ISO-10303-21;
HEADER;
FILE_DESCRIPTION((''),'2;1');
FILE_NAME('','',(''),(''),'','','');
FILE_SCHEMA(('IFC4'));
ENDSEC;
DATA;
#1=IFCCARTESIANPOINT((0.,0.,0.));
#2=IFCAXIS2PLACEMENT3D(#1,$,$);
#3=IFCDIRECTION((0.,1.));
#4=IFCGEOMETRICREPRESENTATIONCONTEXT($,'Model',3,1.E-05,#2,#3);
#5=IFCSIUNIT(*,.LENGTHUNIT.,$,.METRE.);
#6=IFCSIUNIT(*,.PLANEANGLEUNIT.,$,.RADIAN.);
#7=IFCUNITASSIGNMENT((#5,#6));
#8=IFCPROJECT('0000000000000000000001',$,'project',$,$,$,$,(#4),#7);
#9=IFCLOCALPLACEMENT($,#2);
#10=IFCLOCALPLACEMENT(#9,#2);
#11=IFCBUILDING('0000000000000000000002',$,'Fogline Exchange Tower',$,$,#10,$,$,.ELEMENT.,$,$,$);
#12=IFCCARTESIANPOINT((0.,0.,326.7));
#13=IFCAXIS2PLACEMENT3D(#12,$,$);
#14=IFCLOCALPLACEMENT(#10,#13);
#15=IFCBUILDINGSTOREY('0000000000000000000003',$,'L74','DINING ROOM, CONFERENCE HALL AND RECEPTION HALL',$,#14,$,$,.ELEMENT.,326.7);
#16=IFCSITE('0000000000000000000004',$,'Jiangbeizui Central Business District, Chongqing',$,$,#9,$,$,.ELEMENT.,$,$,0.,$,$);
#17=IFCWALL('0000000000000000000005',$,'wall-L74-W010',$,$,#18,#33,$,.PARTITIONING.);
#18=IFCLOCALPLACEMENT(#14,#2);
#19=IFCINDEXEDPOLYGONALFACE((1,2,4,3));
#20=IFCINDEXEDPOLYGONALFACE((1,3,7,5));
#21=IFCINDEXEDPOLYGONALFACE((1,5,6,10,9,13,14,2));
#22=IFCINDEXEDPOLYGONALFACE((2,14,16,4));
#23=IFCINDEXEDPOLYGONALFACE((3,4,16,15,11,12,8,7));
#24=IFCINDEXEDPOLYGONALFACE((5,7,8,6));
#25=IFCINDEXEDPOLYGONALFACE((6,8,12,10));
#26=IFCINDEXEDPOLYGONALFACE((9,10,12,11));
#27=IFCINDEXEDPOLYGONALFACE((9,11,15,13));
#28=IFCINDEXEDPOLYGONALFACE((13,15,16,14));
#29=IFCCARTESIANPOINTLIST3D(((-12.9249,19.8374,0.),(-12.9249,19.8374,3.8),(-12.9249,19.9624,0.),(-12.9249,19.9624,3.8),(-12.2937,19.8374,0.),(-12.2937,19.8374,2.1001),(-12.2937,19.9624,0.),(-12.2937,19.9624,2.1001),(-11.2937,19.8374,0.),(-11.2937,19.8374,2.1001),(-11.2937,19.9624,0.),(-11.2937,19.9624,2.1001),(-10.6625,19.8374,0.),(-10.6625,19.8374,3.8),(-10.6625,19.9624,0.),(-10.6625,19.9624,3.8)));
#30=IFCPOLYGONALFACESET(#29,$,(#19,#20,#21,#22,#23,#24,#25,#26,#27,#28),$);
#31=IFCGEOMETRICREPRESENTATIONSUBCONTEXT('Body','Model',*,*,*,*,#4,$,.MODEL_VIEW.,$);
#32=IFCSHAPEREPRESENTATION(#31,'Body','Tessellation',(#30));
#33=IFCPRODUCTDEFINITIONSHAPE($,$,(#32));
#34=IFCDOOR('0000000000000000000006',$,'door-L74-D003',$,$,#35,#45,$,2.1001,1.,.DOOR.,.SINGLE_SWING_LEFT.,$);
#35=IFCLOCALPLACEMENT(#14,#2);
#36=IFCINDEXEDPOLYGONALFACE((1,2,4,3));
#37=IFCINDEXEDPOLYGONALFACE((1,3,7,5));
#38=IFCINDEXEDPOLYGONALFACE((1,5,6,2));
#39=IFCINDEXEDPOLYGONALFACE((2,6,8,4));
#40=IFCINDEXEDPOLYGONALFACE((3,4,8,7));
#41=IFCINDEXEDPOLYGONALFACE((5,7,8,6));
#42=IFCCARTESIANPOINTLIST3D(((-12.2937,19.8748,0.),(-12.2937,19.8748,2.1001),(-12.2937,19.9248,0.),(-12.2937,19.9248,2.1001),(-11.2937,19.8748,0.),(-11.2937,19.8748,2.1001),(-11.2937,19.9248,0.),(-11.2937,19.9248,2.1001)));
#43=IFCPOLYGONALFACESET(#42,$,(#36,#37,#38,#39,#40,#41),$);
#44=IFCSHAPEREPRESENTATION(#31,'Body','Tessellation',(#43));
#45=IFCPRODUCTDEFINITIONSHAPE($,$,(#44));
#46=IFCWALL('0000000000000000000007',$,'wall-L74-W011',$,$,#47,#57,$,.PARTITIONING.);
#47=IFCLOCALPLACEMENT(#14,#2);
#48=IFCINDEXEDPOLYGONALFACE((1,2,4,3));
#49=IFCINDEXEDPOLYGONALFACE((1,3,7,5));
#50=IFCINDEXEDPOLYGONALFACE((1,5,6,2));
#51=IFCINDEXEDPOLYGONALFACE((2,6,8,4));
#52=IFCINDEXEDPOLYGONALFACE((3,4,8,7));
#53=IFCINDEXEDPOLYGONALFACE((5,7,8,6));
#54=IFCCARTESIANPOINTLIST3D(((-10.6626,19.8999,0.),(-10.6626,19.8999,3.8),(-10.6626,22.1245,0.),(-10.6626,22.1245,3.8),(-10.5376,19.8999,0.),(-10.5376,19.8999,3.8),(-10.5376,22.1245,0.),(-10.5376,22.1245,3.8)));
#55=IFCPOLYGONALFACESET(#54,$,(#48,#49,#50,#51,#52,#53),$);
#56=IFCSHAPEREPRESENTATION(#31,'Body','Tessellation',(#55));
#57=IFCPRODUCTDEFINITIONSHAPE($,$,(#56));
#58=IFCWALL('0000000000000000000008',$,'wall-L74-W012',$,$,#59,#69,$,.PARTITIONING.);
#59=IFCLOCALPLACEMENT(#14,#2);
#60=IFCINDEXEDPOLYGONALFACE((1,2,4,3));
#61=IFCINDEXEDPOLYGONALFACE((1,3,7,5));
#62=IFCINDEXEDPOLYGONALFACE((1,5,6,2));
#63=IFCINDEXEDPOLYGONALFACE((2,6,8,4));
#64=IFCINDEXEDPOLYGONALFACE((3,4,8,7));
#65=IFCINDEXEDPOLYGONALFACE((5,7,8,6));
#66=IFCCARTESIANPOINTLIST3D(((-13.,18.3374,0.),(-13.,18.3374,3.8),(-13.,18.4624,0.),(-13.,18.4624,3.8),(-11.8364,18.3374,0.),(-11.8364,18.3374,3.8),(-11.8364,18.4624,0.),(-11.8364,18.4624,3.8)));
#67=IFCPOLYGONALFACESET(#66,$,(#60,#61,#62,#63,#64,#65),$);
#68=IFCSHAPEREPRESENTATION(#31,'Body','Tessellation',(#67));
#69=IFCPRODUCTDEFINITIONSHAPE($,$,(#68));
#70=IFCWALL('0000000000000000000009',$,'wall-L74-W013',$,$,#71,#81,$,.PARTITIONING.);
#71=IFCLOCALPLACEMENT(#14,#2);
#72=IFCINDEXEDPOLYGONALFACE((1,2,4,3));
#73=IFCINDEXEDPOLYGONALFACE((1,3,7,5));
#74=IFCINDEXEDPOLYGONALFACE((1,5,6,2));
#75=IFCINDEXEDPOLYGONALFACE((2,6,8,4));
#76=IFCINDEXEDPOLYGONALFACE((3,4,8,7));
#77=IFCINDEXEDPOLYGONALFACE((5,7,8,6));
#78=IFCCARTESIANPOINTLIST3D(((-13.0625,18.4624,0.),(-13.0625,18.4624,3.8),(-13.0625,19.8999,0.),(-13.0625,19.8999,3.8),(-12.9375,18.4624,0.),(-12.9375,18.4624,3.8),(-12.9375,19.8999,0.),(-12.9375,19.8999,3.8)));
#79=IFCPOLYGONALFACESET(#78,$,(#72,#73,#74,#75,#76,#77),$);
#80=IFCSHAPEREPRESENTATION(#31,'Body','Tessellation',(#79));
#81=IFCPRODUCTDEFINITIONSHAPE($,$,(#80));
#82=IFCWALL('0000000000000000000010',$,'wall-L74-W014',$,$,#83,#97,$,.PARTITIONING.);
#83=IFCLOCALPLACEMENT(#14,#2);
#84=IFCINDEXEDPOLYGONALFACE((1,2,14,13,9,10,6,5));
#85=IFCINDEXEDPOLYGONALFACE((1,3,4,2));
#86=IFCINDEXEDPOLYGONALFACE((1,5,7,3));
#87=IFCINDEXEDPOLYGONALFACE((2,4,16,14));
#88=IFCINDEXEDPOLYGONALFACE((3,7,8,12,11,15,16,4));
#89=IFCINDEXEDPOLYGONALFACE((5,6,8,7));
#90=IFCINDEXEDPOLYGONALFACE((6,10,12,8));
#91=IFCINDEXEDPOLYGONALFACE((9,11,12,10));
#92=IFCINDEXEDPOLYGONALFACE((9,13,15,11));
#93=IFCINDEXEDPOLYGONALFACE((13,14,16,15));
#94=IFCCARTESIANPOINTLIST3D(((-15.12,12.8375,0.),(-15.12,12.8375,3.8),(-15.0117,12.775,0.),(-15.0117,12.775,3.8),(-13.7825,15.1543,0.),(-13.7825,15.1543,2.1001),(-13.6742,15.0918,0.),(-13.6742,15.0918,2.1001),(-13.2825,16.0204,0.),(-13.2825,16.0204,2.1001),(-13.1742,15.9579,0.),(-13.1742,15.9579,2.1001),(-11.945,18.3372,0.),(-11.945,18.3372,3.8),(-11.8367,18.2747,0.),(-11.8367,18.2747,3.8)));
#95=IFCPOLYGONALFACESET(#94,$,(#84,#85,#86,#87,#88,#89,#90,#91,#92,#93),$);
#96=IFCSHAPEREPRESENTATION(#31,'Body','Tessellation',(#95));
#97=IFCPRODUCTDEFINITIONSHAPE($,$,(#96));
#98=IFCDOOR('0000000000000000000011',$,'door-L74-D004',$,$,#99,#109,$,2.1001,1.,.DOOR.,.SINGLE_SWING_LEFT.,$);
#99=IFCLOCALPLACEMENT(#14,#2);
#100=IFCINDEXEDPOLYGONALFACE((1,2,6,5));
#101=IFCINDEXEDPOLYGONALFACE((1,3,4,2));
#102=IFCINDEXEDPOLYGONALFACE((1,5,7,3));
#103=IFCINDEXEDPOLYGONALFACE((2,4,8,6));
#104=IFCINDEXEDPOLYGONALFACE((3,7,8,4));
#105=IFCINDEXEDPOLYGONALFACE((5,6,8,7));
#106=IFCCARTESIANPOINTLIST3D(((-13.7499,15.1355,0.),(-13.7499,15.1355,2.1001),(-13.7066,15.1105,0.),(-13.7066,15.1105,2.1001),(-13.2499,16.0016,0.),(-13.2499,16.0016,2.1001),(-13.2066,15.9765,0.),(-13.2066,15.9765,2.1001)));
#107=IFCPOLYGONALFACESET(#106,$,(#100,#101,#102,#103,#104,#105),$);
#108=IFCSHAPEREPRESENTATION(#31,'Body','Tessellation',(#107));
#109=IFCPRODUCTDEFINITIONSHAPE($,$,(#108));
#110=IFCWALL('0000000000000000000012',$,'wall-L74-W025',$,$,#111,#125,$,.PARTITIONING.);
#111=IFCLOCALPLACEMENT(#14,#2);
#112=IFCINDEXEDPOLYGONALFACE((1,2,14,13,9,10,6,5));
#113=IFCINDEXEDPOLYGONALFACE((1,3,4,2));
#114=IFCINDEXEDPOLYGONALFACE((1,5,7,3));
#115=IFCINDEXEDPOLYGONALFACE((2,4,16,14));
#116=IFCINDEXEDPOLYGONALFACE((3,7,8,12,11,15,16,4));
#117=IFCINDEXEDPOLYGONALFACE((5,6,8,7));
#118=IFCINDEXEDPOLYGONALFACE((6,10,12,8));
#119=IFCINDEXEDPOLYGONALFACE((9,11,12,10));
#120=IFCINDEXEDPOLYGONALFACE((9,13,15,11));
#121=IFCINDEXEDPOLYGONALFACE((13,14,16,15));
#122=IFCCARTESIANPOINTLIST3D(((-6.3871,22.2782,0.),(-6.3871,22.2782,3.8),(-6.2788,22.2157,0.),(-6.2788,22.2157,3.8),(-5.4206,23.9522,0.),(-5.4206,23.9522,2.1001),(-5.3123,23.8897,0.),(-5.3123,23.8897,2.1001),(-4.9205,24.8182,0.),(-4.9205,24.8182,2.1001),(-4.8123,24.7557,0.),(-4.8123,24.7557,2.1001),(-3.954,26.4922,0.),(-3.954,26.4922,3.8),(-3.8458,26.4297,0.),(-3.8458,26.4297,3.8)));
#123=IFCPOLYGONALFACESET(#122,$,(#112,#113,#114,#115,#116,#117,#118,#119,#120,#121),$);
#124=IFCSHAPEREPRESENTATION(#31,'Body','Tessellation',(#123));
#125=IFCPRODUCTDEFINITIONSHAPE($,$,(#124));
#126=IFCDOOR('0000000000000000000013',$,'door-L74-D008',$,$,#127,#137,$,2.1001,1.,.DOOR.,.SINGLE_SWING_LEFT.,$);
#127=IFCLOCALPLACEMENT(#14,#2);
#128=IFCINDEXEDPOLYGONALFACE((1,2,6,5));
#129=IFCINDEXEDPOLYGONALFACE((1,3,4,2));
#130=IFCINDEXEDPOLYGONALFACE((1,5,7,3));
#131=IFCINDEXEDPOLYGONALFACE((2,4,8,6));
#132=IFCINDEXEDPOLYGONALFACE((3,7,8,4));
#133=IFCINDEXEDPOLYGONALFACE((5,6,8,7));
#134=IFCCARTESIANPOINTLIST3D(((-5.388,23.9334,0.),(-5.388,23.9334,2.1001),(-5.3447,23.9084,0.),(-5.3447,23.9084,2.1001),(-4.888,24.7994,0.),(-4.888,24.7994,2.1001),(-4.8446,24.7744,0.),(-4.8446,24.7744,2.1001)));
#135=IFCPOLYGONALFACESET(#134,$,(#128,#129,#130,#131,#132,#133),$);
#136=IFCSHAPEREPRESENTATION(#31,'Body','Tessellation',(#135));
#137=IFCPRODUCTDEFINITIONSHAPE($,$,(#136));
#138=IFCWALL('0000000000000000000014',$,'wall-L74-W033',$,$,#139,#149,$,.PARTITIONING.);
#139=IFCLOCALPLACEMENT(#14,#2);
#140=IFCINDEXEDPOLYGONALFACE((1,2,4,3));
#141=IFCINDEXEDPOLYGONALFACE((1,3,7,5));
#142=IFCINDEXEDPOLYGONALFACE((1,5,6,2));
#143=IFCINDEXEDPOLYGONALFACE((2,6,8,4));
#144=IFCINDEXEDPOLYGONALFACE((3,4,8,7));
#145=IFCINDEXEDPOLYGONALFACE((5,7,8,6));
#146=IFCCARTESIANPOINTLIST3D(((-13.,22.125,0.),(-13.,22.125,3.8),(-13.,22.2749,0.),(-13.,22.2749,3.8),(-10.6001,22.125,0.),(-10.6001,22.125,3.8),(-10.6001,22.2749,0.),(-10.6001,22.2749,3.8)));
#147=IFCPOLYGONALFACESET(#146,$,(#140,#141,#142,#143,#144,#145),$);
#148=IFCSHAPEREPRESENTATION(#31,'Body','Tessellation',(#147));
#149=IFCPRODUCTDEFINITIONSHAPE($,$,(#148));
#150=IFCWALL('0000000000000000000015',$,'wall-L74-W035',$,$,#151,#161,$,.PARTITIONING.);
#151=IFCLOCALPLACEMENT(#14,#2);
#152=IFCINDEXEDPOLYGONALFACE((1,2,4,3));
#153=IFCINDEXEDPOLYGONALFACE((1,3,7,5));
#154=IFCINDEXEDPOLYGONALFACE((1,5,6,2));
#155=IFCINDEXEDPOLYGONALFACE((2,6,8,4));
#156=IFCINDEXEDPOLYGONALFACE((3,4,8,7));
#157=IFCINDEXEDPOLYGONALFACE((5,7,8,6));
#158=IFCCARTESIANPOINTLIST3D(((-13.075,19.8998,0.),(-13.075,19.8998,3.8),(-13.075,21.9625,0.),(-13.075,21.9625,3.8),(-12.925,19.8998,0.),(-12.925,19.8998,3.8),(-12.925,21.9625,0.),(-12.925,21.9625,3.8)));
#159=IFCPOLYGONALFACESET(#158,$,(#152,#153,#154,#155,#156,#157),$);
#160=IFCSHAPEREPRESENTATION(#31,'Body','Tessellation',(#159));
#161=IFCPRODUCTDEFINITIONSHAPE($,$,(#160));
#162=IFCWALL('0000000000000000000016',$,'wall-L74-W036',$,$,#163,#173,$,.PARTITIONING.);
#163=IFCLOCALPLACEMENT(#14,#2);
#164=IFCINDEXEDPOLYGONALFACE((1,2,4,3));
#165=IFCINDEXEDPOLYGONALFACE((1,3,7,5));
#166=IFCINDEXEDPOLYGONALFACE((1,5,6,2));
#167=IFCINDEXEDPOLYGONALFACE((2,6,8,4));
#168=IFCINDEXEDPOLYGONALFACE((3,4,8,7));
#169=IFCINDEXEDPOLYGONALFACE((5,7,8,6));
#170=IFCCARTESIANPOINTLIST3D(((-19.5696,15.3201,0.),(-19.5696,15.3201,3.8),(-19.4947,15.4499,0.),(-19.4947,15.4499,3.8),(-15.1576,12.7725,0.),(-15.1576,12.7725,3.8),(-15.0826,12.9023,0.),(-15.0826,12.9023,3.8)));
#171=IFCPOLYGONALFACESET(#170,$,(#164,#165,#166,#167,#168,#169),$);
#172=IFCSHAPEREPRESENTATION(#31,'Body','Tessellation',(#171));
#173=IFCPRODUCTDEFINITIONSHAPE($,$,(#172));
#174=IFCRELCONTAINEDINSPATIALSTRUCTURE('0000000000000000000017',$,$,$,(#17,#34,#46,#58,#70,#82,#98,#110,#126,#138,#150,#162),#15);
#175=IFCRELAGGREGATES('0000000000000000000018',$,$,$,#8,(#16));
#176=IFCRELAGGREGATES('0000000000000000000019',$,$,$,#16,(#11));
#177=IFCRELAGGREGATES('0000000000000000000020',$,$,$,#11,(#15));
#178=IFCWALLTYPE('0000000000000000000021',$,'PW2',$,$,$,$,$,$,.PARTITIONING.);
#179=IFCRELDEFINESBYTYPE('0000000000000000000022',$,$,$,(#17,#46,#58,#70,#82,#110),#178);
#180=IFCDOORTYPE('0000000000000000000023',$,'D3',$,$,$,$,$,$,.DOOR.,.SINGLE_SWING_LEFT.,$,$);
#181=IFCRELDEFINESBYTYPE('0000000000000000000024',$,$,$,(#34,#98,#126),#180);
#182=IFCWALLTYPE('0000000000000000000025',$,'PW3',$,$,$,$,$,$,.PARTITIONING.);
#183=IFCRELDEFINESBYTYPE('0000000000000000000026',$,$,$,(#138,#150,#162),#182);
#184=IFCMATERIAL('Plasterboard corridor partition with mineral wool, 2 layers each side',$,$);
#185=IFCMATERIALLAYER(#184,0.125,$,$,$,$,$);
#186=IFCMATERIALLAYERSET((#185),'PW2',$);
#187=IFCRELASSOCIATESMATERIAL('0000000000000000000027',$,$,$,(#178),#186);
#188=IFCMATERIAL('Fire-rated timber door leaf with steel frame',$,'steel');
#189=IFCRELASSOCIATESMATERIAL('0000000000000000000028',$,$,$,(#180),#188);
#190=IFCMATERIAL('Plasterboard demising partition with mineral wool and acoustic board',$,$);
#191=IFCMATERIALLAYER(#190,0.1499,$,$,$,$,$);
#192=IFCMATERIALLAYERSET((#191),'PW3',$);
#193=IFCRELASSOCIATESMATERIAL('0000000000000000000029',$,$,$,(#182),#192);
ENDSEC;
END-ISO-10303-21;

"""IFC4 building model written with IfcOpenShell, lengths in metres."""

from ifc_helpers import new_model, si_unit, direction, frame, frame_2d, origin, place, context, subcontext, project, spatial, rectangle, extrude, material, layer, layer_set, type_object, element, fill, save


model = new_model("IFC4")

# Units and contexts
model_context = context("Model", 3, precision=1e-05, world=origin(), true_north=direction((0.0, 1.0)))
body_context = subcontext(model_context, "Body", "Model", "MODEL_VIEW")
ifc_project = project(units=[si_unit("LENGTHUNIT", "METRE"), si_unit("PLANEANGLEUNIT", "RADIAN")], contexts=[model_context])

# Site, building, storey
site_placement = place(None, origin())
site = spatial("IfcSite", under=ifc_project, at=site_placement, Name="Jiangbeizui Central Business District, Chongqing", CompositionType="ELEMENT", RefElevation=0.0)
building_placement = place(site_placement, origin())
building = spatial("IfcBuilding", under=site, at=building_placement, Name="Fogline Exchange Tower", CompositionType="ELEMENT")
storey_placement = place(building_placement, frame((0.0, 0.0, 326.7)))
storey = spatial("IfcBuildingStorey", under=building, at=storey_placement, Name="L74", Description="DINING ROOM, CONFERENCE HALL AND RECEPTION HALL", CompositionType="ELEMENT", Elevation=326.7)

# Shared definitions
ifc_material_1 = material(Name="Plasterboard corridor partition with mineral wool, 2 layers each side")
ifc_layer_1 = layer(ifc_material_1, 0.125)
ifc_layer_set_1 = layer_set([ifc_layer_1], Name="PW2")
wall_type_1 = type_object("IfcWallType", Name="PW2", PredefinedType="PARTITIONING", material=ifc_layer_set_1)

# Wall, opening, door
wall_1_placement = place(storey_placement, frame((-12.925, 19.8999, 0.0), z_axis=(0.0, 0.0, 1.0), x_axis=(1.0, 0.0, 0.0)))
wall_1 = element("IfcWall", 1, at=wall_1_placement, inside=storey, type_object=wall_type_1, Name="wall-L74-W010", PredefinedType="PARTITIONING", context=body_context, shape_type="SweptSolid", body=[
    extrude(rectangle(XDim=2.2625, YDim=0.125, at=frame_2d((1.1313, 0.0))), origin(), (0.0, 0.0, 1.0), 3.8),
])
opening_1_placement = place(wall_1_placement, frame((0.6313, 0.0, 0.0)))
opening_1 = element("IfcOpeningElement", 2, at=opening_1_placement, cuts=wall_1, PredefinedType="OPENING", context=body_context, shape_type="SweptSolid", body=[
    extrude(rectangle(XDim=1.0, YDim=2.1001, at=frame_2d((0.5, 1.05))), frame((0.0, 0.0725, 0.0), z_axis=(0.0, -1.0, 0.0), x_axis=(1.0, 0.0, 0.0)), (0.0, 0.0, 1.0), 0.145),
])
ifc_material_2 = material(Name="Fire-rated timber door leaf with steel frame", Category="steel")
door_type = type_object("IfcDoorType", Name="D3", OperationType="SINGLE_SWING_LEFT", PredefinedType="DOOR", material=ifc_material_2)
door_1_placement = place(opening_1_placement, origin())
door_1 = element("IfcDoor", 3, at=door_1_placement, inside=storey, type_object=door_type, Name="door-L74-D003", OperationType="SINGLE_SWING_LEFT", OverallHeight=2.1001, OverallWidth=1.0, PredefinedType="DOOR", context=body_context, shape_type="SweptSolid", body=[
    extrude(rectangle(XDim=1.0, YDim=2.1001, at=frame_2d((0.5, 1.05))), frame((0.0, 0.0249, 0.0), z_axis=(0.0, -1.0, 0.0), x_axis=(1.0, 0.0, 0.0)), (0.0, 0.0, 1.0), 0.05),
])
fill(opening_1, door_1)

# Walls
wall_2_placement = place(storey_placement, frame((-10.6001, 19.8999, 0.0), z_axis=(0.0, 0.0, 1.0), x_axis=(0.0, 1.0, 0.0)))
element("IfcWall", 4, at=wall_2_placement, inside=storey, type_object=wall_type_1, Name="wall-L74-W011", PredefinedType="PARTITIONING", context=body_context, shape_type="SweptSolid", body=[
    extrude(rectangle(XDim=2.2246, YDim=0.125, at=frame_2d((1.1123, 0.0))), origin(), (0.0, 0.0, 1.0), 3.8),
])
wall_3_placement = place(storey_placement, frame((-11.8364, 18.3999, 0.0), z_axis=(0.0, 0.0, 1.0), x_axis=(-1.0, 0.0, 0.0)))
element("IfcWall", 5, at=wall_3_placement, inside=storey, type_object=wall_type_1, Name="wall-L74-W012", PredefinedType="PARTITIONING", context=body_context, shape_type="SweptSolid", body=[
    extrude(rectangle(XDim=1.1636, YDim=0.125, at=frame_2d((0.5818, 0.0))), origin(), (0.0, 0.0, 1.0), 3.8),
])
wall_4_placement = place(storey_placement, frame((-13.0, 18.4624, 0.0), z_axis=(0.0, 0.0, 1.0), x_axis=(0.0, 1.0, 0.0)))
element("IfcWall", 6, at=wall_4_placement, inside=storey, type_object=wall_type_1, Name="wall-L74-W013", PredefinedType="PARTITIONING", context=body_context, shape_type="SweptSolid", body=[
    extrude(rectangle(XDim=1.4375, YDim=0.125, at=frame_2d((0.7188, 0.0))), origin(), (0.0, 0.0, 1.0), 3.8),
])

# Walls, openings, doors
wall_5_placement = place(storey_placement, frame((-15.0659, 12.8062, 0.0), z_axis=(0.0, 0.0, 1.0), x_axis=(0.499972, 0.866042, 0.0)))
wall_5 = element("IfcWall", 7, at=wall_5_placement, inside=storey, type_object=wall_type_1, Name="wall-L74-W014", PredefinedType="PARTITIONING", context=body_context, shape_type="SweptSolid", body=[
    extrude(rectangle(XDim=6.3503, YDim=0.125, at=frame_2d((3.1753, 0.0))), origin(), (0.0, 0.0, 1.0), 3.8),
])
opening_2_placement = place(wall_5_placement, frame((2.6753, 0.0, 0.0)))
opening_2 = element("IfcOpeningElement", 8, at=opening_2_placement, cuts=wall_5, PredefinedType="OPENING", context=body_context, shape_type="SweptSolid", body=[
    extrude(rectangle(XDim=1.0, YDim=2.1001, at=frame_2d((0.5, 1.05))), frame((0.0, 0.0725, 0.0), z_axis=(0.0, -1.0, 0.0), x_axis=(1.0, 0.0, 0.0)), (0.0, 0.0, 1.0), 0.145),
])
door_2_placement = place(opening_2_placement, origin())
door_2 = element("IfcDoor", 9, at=door_2_placement, inside=storey, type_object=door_type, Name="door-L74-D004", OperationType="SINGLE_SWING_LEFT", OverallHeight=2.1001, OverallWidth=1.0, PredefinedType="DOOR", context=body_context, shape_type="SweptSolid", body=[
    extrude(rectangle(XDim=1.0, YDim=2.1001, at=frame_2d((0.5, 1.05))), frame((0.0, 0.0249, 0.0), z_axis=(0.0, -1.0, 0.0), x_axis=(1.0, 0.0, 0.0)), (0.0, 0.0, 1.0), 0.05),
])
fill(opening_2, door_2)
wall_6_placement = place(storey_placement, frame((-6.333, 22.2468, 0.0), z_axis=(0.0, 0.0, 1.0), x_axis=(0.500013, 0.866018, 0.0)))
wall_6 = element("IfcWall", 10, at=wall_6_placement, inside=storey, type_object=wall_type_1, Name="wall-L74-W025", PredefinedType="PARTITIONING", context=body_context, shape_type="SweptSolid", body=[
    extrude(rectangle(XDim=4.866, YDim=0.125, at=frame_2d((2.4331, 0.0))), origin(), (0.0, 0.0, 1.0), 3.8),
])
opening_3_placement = place(wall_6_placement, frame((1.9331, 0.0, 0.0)))
opening_3 = element("IfcOpeningElement", 11, at=opening_3_placement, cuts=wall_6, PredefinedType="OPENING", context=body_context, shape_type="SweptSolid", body=[
    extrude(rectangle(XDim=1.0, YDim=2.1001, at=frame_2d((0.5, 1.05))), frame((0.0, 0.0725, 0.0), z_axis=(0.0, -1.0, 0.0), x_axis=(1.0, 0.0, 0.0)), (0.0, 0.0, 1.0), 0.145),
])
door_3_placement = place(opening_3_placement, origin())
door_3 = element("IfcDoor", 12, at=door_3_placement, inside=storey, type_object=door_type, Name="door-L74-D008", OperationType="SINGLE_SWING_LEFT", OverallHeight=2.1001, OverallWidth=1.0, PredefinedType="DOOR", context=body_context, shape_type="SweptSolid", body=[
    extrude(rectangle(XDim=1.0, YDim=2.1001, at=frame_2d((0.5, 1.05))), frame((0.0, 0.0249, 0.0), z_axis=(0.0, -1.0, 0.0), x_axis=(1.0, 0.0, 0.0)), (0.0, 0.0, 1.0), 0.05),
])
fill(opening_3, door_3)

# Walls
ifc_material_3 = material(Name="Plasterboard demising partition with mineral wool and acoustic board")
ifc_layer_2 = layer(ifc_material_3, 0.1499)
ifc_layer_set_2 = layer_set([ifc_layer_2], Name="PW3")
wall_type_2 = type_object("IfcWallType", Name="PW3", PredefinedType="PARTITIONING", material=ifc_layer_set_2)
wall_7_placement = place(storey_placement, frame((-10.6001, 22.2, 0.0), z_axis=(0.0, 0.0, 1.0), x_axis=(-1.0, 0.0, 0.0)))
element("IfcWall", 13, at=wall_7_placement, inside=storey, type_object=wall_type_2, Name="wall-L74-W033", PredefinedType="PARTITIONING", context=body_context, shape_type="SweptSolid", body=[
    extrude(rectangle(XDim=2.3999, YDim=0.1499, at=frame_2d((1.2, 0.0))), origin(), (0.0, 0.0, 1.0), 3.8),
])
wall_8_placement = place(storey_placement, frame((-13.0, 19.8999, 0.0), z_axis=(0.0, 0.0, 1.0), x_axis=(0.0, 1.0, 0.0)))
element("IfcWall", 14, at=wall_8_placement, inside=storey, type_object=wall_type_2, Name="wall-L74-W035", PredefinedType="PARTITIONING", context=body_context, shape_type="SweptSolid", body=[
    extrude(rectangle(XDim=2.0627, YDim=0.1499, at=frame_2d((1.0312, 0.0))), origin(), (0.0, 0.0, 1.0), 3.8),
])
wall_9_placement = place(storey_placement, frame((-15.1201, 12.8374, 0.0), z_axis=(0.0, 0.0, 1.0), x_axis=(-0.866002, 0.50004, 0.0)))
element("IfcWall", 15, at=wall_9_placement, inside=storey, type_object=wall_type_2, Name="wall-L74-W036", PredefinedType="PARTITIONING", context=body_context, shape_type="SweptSolid", body=[
    extrude(rectangle(XDim=5.0947, YDim=0.1499, at=frame_2d((2.5474, 0.0))), origin(), (0.0, 0.0, 1.0), 3.8),
])

save(model, "model.ifc")
